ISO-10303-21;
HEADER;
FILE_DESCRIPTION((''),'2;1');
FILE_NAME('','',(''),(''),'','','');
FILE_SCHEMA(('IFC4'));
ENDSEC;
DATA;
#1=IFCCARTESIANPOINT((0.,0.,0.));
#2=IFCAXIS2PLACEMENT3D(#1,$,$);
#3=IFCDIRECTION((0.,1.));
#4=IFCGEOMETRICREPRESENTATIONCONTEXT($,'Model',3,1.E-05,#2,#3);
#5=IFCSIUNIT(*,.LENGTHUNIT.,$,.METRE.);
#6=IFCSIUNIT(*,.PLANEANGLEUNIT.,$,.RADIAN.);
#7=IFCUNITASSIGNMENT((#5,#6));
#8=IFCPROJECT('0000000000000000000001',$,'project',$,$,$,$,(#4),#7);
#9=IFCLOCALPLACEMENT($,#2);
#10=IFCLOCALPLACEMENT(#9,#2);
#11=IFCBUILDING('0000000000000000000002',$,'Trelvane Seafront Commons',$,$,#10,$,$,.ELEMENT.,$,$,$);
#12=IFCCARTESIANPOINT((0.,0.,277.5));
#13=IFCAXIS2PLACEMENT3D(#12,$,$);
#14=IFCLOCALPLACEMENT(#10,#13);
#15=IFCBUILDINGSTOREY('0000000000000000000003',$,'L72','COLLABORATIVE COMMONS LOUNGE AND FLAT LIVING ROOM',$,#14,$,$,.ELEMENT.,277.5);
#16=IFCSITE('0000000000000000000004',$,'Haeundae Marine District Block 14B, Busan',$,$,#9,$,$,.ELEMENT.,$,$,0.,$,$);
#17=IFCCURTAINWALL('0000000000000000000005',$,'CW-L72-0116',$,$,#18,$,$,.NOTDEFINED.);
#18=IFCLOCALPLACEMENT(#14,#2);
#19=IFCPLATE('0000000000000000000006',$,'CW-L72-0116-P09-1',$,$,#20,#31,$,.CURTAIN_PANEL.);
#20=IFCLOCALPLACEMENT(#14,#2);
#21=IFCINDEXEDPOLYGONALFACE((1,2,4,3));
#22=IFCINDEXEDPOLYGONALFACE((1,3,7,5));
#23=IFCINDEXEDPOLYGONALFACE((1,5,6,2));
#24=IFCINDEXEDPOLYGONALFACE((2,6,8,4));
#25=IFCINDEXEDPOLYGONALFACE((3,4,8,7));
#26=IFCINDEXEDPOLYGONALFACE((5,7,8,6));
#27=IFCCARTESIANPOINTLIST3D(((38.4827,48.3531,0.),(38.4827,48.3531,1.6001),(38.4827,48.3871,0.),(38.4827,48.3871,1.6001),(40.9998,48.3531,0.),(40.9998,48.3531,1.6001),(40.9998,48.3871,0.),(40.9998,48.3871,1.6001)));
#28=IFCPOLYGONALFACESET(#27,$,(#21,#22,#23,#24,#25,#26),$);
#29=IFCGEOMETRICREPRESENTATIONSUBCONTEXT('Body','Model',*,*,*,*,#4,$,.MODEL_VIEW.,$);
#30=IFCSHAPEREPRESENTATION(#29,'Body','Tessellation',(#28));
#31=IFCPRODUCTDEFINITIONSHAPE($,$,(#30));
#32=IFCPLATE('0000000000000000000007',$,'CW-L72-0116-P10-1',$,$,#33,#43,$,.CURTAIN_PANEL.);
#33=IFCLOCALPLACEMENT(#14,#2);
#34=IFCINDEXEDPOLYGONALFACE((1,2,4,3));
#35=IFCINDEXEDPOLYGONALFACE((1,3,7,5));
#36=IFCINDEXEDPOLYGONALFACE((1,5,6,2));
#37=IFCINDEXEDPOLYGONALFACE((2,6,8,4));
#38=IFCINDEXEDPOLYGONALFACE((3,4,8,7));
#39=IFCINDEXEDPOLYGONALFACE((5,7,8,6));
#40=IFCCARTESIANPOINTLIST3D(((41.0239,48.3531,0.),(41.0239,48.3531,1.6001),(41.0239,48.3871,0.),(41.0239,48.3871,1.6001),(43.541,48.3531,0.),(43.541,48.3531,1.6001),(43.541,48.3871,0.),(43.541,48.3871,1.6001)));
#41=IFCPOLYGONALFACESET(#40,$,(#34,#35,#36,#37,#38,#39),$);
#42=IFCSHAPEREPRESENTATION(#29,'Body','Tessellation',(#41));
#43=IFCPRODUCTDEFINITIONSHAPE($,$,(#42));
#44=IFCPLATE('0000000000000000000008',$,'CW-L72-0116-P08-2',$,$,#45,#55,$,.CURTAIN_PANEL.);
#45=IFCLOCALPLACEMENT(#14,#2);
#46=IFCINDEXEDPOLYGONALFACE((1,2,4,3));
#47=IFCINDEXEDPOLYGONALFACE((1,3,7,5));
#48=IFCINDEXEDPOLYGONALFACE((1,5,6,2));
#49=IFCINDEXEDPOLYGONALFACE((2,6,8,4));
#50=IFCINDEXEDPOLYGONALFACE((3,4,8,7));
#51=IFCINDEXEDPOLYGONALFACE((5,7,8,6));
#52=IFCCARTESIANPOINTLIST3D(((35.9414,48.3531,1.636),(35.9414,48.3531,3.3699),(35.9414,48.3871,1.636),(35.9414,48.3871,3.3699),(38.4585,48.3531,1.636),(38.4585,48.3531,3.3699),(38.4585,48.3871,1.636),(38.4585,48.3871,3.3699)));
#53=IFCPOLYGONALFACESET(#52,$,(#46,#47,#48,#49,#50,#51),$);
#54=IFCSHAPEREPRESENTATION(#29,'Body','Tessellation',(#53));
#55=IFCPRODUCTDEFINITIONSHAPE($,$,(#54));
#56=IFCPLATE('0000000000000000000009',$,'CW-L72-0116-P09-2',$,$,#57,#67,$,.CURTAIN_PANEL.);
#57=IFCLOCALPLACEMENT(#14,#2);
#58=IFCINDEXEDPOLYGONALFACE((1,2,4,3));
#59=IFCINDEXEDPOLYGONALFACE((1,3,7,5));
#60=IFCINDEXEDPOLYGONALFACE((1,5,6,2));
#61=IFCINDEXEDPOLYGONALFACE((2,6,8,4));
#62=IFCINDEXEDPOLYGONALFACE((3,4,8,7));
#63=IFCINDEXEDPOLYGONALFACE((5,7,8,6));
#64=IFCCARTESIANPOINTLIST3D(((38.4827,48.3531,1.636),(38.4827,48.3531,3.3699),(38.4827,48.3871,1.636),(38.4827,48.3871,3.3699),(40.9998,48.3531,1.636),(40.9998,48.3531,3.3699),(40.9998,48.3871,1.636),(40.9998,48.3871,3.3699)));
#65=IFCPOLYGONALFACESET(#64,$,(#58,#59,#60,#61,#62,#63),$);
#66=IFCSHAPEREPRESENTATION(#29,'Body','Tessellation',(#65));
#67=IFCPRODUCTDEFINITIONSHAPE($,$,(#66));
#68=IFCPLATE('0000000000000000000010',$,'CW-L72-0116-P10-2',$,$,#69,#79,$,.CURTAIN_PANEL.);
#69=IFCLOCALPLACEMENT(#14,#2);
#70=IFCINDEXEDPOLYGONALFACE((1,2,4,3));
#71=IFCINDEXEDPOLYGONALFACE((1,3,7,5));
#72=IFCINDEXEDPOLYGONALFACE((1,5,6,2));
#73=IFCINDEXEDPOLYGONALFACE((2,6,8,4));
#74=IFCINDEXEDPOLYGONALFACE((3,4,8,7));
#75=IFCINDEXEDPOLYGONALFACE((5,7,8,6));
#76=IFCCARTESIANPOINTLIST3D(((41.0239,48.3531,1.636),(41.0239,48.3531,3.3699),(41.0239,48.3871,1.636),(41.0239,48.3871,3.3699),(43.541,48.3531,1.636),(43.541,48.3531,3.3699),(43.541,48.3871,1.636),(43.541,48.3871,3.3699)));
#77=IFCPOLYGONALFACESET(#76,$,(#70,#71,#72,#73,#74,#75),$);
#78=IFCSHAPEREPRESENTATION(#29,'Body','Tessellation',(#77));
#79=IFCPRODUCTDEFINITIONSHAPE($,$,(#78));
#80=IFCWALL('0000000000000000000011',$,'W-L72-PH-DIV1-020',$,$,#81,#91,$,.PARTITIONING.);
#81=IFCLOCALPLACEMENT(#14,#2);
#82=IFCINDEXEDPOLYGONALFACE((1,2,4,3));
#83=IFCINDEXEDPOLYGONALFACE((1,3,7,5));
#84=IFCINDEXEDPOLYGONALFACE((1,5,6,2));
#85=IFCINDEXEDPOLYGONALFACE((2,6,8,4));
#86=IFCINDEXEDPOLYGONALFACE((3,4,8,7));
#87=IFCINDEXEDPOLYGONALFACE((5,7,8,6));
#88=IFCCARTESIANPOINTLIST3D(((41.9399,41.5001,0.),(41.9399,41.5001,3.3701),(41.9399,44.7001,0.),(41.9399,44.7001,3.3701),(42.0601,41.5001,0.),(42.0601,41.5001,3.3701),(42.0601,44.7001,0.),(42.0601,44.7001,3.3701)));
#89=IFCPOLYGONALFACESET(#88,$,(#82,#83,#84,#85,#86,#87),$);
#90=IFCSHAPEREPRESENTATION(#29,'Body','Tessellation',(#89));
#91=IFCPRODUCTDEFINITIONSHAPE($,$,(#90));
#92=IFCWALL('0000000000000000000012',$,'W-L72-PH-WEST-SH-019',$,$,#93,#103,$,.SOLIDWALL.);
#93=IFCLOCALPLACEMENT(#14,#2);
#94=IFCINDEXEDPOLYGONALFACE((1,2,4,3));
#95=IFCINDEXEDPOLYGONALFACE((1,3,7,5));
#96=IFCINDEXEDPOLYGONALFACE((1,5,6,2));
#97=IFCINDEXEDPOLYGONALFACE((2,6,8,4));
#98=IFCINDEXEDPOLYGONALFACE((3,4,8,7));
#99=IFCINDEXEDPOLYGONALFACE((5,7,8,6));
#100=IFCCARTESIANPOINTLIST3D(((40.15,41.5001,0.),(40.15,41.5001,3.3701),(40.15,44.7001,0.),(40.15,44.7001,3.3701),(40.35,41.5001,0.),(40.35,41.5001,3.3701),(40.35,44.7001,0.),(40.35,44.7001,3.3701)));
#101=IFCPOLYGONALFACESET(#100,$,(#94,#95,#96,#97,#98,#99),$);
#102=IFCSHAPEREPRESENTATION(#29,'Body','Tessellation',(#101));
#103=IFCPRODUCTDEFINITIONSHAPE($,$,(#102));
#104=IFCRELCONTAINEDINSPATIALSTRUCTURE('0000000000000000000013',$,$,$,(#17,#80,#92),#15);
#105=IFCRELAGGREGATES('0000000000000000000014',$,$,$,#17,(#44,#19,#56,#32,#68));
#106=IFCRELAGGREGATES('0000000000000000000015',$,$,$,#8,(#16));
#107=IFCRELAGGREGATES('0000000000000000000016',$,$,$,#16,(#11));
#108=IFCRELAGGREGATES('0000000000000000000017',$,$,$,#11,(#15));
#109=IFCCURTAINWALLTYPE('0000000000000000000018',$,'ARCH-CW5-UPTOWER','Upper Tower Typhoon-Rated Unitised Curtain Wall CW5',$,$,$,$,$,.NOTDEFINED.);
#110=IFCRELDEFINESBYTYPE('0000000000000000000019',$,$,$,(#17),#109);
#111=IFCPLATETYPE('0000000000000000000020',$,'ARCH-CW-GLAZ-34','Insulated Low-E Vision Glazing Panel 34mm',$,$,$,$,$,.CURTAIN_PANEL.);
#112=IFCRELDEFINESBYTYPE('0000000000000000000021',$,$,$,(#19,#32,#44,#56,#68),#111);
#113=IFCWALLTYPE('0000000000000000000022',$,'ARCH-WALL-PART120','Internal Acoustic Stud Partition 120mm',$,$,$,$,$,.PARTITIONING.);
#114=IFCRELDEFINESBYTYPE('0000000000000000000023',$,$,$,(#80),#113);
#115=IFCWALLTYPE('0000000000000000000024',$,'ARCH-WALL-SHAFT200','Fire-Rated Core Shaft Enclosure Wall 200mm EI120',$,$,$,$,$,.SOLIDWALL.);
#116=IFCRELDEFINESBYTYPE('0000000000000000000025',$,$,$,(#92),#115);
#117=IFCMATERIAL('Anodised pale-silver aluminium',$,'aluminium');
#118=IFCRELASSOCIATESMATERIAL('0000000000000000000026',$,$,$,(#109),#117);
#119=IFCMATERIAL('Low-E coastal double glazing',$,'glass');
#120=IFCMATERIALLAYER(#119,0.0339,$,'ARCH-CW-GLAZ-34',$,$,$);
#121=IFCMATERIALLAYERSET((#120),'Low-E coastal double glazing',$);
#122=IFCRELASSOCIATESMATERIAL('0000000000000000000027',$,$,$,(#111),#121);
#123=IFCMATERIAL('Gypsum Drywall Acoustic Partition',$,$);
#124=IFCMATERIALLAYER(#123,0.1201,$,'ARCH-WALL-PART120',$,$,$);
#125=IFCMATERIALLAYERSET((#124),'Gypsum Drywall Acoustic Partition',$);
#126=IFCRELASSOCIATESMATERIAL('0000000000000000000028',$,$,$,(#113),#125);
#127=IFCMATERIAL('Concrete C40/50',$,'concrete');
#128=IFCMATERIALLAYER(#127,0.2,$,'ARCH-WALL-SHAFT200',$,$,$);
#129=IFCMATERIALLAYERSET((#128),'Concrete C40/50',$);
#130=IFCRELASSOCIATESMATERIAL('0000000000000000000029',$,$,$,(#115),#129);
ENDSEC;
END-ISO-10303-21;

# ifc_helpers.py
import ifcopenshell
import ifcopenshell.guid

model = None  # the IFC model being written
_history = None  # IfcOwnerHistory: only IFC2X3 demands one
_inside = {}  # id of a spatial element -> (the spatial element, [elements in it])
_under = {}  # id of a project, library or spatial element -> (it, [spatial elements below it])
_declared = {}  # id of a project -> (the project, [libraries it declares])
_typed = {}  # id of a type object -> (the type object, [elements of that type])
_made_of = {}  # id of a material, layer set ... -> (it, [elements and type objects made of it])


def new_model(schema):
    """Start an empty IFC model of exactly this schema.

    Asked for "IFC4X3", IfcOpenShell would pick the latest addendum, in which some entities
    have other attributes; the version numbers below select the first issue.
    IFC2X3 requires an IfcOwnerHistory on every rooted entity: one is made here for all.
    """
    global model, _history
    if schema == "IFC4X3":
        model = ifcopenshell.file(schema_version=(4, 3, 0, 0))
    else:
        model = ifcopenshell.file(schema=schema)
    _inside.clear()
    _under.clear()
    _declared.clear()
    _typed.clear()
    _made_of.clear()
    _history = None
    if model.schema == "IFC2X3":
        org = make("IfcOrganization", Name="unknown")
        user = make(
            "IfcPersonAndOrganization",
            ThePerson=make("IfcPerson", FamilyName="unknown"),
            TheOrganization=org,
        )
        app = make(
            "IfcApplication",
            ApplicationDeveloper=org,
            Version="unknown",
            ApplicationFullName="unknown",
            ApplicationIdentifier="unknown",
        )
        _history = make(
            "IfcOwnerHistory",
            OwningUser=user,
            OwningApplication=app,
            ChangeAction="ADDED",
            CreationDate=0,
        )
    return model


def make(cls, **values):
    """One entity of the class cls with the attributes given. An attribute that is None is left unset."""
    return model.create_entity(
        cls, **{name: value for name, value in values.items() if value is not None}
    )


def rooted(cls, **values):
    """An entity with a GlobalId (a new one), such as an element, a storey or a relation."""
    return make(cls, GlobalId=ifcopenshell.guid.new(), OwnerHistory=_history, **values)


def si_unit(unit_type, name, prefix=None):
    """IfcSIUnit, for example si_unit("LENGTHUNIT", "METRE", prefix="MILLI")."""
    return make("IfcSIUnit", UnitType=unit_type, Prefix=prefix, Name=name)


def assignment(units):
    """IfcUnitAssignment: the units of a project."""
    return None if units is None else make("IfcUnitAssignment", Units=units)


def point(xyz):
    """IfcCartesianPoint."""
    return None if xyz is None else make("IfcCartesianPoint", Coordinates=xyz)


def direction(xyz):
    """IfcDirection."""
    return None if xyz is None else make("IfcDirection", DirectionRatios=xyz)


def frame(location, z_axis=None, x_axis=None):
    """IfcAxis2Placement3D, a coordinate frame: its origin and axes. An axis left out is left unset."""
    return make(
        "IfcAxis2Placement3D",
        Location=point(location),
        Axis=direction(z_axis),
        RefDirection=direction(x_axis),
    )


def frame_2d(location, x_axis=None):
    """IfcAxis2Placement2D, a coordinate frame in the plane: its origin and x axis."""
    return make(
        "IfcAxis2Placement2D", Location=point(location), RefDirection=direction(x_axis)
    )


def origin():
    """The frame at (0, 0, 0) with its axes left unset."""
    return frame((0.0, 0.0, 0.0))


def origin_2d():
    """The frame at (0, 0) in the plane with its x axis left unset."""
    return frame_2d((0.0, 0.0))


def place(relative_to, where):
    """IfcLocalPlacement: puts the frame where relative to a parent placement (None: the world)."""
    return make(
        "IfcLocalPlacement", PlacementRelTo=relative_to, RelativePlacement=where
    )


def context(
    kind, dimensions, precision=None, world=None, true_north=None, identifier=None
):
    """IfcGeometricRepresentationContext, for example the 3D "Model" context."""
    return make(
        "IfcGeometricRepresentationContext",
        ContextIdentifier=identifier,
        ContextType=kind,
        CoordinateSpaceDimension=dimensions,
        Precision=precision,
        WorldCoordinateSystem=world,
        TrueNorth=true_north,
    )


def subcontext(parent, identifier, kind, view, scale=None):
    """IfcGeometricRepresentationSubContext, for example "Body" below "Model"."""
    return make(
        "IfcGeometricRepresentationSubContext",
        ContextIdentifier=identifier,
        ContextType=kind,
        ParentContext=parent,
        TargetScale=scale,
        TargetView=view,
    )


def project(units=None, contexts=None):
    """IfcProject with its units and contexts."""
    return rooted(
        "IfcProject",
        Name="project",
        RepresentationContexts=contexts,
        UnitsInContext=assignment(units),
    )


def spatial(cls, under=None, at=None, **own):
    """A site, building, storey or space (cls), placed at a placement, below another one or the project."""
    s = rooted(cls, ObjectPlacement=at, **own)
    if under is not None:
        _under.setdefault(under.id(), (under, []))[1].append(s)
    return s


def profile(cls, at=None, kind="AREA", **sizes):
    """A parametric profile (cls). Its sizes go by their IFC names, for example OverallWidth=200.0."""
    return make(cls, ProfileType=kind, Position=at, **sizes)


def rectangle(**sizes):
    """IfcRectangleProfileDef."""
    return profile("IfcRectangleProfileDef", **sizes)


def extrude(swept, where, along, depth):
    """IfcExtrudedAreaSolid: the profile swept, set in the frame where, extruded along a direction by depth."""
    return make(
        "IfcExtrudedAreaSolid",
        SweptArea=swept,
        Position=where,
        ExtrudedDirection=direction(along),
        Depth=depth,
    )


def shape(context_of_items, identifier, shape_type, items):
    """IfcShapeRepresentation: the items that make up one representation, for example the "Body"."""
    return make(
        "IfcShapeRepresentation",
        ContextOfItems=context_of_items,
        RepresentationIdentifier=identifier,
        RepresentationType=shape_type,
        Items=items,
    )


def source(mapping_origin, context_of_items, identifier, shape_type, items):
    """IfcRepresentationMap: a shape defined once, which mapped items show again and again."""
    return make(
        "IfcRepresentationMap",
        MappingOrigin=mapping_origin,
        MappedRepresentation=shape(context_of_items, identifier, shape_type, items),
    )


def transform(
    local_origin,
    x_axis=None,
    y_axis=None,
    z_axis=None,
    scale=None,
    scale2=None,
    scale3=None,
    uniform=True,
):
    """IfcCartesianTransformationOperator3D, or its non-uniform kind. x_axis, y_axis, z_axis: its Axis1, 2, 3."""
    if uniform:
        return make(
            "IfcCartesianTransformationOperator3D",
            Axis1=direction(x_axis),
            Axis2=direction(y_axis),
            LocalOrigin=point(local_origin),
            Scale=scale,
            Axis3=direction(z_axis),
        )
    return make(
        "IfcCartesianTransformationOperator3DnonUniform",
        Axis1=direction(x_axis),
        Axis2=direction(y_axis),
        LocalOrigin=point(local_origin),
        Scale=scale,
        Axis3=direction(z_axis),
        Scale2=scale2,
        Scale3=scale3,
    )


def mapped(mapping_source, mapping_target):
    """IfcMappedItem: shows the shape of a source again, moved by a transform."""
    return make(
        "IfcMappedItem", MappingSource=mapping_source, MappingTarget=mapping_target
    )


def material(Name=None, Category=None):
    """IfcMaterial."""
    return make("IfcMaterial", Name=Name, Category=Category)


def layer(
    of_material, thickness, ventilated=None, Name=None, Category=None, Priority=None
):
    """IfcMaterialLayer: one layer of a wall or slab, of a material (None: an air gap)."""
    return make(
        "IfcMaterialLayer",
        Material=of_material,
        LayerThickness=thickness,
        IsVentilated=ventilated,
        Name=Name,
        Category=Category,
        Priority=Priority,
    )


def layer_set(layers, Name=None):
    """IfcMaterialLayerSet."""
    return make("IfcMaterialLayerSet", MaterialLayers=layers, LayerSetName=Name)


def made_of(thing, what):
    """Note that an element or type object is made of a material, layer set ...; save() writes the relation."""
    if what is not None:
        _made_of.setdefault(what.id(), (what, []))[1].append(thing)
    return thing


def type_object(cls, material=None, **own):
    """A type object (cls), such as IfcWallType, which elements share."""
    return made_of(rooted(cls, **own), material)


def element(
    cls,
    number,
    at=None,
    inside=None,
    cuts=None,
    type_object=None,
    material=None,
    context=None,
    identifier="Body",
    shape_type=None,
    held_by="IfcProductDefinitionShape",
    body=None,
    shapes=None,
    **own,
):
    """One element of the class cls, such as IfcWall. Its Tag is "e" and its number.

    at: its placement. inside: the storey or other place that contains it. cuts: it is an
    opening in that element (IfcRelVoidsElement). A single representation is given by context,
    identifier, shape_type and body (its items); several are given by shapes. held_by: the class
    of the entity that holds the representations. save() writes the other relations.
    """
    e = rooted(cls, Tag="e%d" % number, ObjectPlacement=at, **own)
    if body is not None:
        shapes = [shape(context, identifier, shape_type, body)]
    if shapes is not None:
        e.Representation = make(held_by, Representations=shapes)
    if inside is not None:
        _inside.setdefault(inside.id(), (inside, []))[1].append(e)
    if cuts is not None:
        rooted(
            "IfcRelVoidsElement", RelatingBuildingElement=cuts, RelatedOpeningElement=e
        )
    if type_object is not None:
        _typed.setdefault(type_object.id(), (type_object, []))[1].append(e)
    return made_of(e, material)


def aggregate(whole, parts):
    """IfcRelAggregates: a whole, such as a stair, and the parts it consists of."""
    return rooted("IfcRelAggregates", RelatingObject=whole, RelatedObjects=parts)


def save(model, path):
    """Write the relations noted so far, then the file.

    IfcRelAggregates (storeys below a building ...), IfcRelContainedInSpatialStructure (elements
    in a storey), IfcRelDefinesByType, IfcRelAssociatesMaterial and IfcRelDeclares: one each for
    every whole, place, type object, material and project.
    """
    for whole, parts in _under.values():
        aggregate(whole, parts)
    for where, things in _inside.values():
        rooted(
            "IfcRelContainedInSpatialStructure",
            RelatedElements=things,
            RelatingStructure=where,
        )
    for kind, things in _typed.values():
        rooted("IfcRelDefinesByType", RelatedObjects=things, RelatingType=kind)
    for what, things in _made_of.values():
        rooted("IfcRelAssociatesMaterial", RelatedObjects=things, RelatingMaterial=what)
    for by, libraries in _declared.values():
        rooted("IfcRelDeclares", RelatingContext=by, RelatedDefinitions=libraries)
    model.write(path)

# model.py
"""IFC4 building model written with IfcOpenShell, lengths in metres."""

from ifc_helpers import new_model, si_unit, direction, frame, frame_2d, origin, origin_2d, place, context, subcontext, project, spatial, rectangle, extrude, source, transform, mapped, material, layer, layer_set, type_object, element, aggregate, save


model = new_model("IFC4")

# Units and contexts
model_context = context("Model", 3, precision=1e-05, world=origin(), true_north=direction((0.0, 1.0)))
body_context = subcontext(model_context, "Body", "Model", "MODEL_VIEW")
ifc_project = project(units=[si_unit("LENGTHUNIT", "METRE"), si_unit("PLANEANGLEUNIT", "RADIAN")], contexts=[model_context])

# Site, building, storey
site_placement = place(None, origin())
site = spatial("IfcSite", under=ifc_project, at=site_placement, Name="Haeundae Marine District Block 14B, Busan", CompositionType="ELEMENT", RefElevation=0.0)
building_placement = place(site_placement, origin())
building = spatial("IfcBuilding", under=site, at=building_placement, Name="Trelvane Seafront Commons", CompositionType="ELEMENT")
storey_placement = place(building_placement, frame((0.0, 0.0, 277.5)))
storey = spatial("IfcBuildingStorey", under=building, at=storey_placement, Name="L72", Description="COLLABORATIVE COMMONS LOUNGE AND FLAT LIVING ROOM", CompositionType="ELEMENT", Elevation=277.5)

# Curtain wall
ifc_material_1 = material(Name="Anodised pale-silver aluminium", Category="aluminium")
curtain_wall_type = type_object("IfcCurtainWallType", Name="ARCH-CW5-UPTOWER", Description="Upper Tower Typhoon-Rated Unitised Curtain Wall CW5", PredefinedType="NOTDEFINED", material=ifc_material_1)
curtain_wall_placement = place(storey_placement, origin())
curtain_wall = element("IfcCurtainWall", 1, at=curtain_wall_placement, inside=storey, type_object=curtain_wall_type, Name="CW-L72-0116", PredefinedType="NOTDEFINED")

# Plates
ifc_material_2 = material(Name="Low-E coastal double glazing", Category="glass")
ifc_layer_1 = layer(ifc_material_2, 0.0339, Name="ARCH-CW-GLAZ-34")
ifc_layer_set_1 = layer_set([ifc_layer_1], Name="Low-E coastal double glazing")
plate_type_1 = type_object("IfcPlateType", Name="ARCH-CW-GLAZ-34", Description="Insulated Low-E Vision Glazing Panel 34mm", PredefinedType="CURTAIN_PANEL", material=ifc_layer_set_1)
shared_shape_1 = source(origin(), body_context, "Body", "SweptSolid", [
    extrude(rectangle(XDim=2.5171, YDim=0.0339, at=origin_2d()), origin(), (0.0, 0.0, 1.0), 1.6001),
])
plate_1_placement = place(storey_placement, frame((39.7412, 48.3701, 0.0), z_axis=(0.0, 0.0, 1.0), x_axis=(1.0, 0.0, 0.0)))
plate_1 = element("IfcPlate", 2, at=plate_1_placement, type_object=plate_type_1, Name="CW-L72-0116-P09-1", PredefinedType="CURTAIN_PANEL", context=body_context, shape_type="MappedRepresentation", body=[
    mapped(shared_shape_1, transform((0.0, 0.0, 0.0), x_axis=(1.0, 0.0, 0.0), y_axis=(0.0, 1.0, 0.0), z_axis=(0.0, 0.0, 1.0), scale=1.0)),
])
plate_2_placement = place(storey_placement, frame((42.2825, 48.3701, 0.0), z_axis=(0.0, 0.0, 1.0), x_axis=(1.0, 0.0, 0.0)))
plate_2 = element("IfcPlate", 3, at=plate_2_placement, type_object=plate_type_1, Name="CW-L72-0116-P10-1", PredefinedType="CURTAIN_PANEL", context=body_context, shape_type="MappedRepresentation", body=[
    mapped(shared_shape_1, transform((0.0, 0.0, 0.0), x_axis=(1.0, 0.0, 0.0), y_axis=(0.0, 1.0, 0.0), z_axis=(0.0, 0.0, 1.0), scale=1.0)),
])
shared_shape_2 = source(origin(), body_context, "Body", "SweptSolid", [
    extrude(rectangle(XDim=2.5171, YDim=0.0339, at=origin_2d()), origin(), (0.0, 0.0, 1.0), 1.7339),
])
plate_3_placement = place(storey_placement, frame((37.2, 48.3701, 1.636), z_axis=(0.0, 0.0, 1.0), x_axis=(1.0, 0.0, 0.0)))
plate_3 = element("IfcPlate", 4, at=plate_3_placement, type_object=plate_type_1, Name="CW-L72-0116-P08-2", PredefinedType="CURTAIN_PANEL", context=body_context, shape_type="MappedRepresentation", body=[
    mapped(shared_shape_2, transform((0.0, 0.0, 0.0), x_axis=(1.0, 0.0, 0.0), y_axis=(0.0, 1.0, 0.0), z_axis=(0.0, 0.0, 1.0), scale=1.0)),
])
plate_4_placement = place(storey_placement, frame((39.7412, 48.3701, 1.636), z_axis=(0.0, 0.0, 1.0), x_axis=(1.0, 0.0, 0.0)))
plate_4 = element("IfcPlate", 5, at=plate_4_placement, type_object=plate_type_1, Name="CW-L72-0116-P09-2", PredefinedType="CURTAIN_PANEL", context=body_context, shape_type="MappedRepresentation", body=[
    mapped(shared_shape_2, transform((0.0, 0.0, 0.0), x_axis=(1.0, 0.0, 0.0), y_axis=(0.0, 1.0, 0.0), z_axis=(0.0, 0.0, 1.0), scale=1.0)),
])
plate_5_placement = place(storey_placement, frame((42.2825, 48.3701, 1.636), z_axis=(0.0, 0.0, 1.0), x_axis=(1.0, 0.0, 0.0)))
plate_5 = element("IfcPlate", 6, at=plate_5_placement, type_object=plate_type_1, Name="CW-L72-0116-P10-2", PredefinedType="CURTAIN_PANEL", context=body_context, shape_type="MappedRepresentation", body=[
    mapped(shared_shape_2, transform((0.0, 0.0, 0.0), x_axis=(1.0, 0.0, 0.0), y_axis=(0.0, 1.0, 0.0), z_axis=(0.0, 0.0, 1.0), scale=1.0)),
])
aggregate(curtain_wall, [plate_3, plate_1, plate_4, plate_2, plate_5])

# Wall
ifc_material_3 = material(Name="Gypsum Drywall Acoustic Partition")
ifc_layer_2 = layer(ifc_material_3, 0.1201, Name="ARCH-WALL-PART120")
ifc_layer_set_2 = layer_set([ifc_layer_2], Name="Gypsum Drywall Acoustic Partition")
wall_type_1 = type_object("IfcWallType", Name="ARCH-WALL-PART120", Description="Internal Acoustic Stud Partition 120mm", PredefinedType="PARTITIONING", material=ifc_layer_set_2)
wall_1_placement = place(storey_placement, frame((42.0, 41.5, 0.0), z_axis=(0.0, 0.0, 1.0), x_axis=(0.0, 1.0, 0.0)))
element("IfcWall", 7, at=wall_1_placement, inside=storey, type_object=wall_type_1, Name="W-L72-PH-DIV1-020", PredefinedType="PARTITIONING", context=body_context, shape_type="SweptSolid", body=[
    extrude(rectangle(XDim=3.2, YDim=0.1201, at=frame_2d((1.6001, 0.0))), origin(), (0.0, 0.0, 1.0), 3.3701),
])

# Shared definitions
ifc_material_4 = material(Name="Concrete C40/50", Category="concrete")
ifc_layer_3 = layer(ifc_material_4, 0.2, Name="ARCH-WALL-SHAFT200")
ifc_layer_set_3 = layer_set([ifc_layer_3], Name="Concrete C40/50")
wall_type_2 = type_object("IfcWallType", Name="ARCH-WALL-SHAFT200", Description="Fire-Rated Core Shaft Enclosure Wall 200mm EI120", PredefinedType="SOLIDWALL", material=ifc_layer_set_3)

# Wall
wall_2_placement = place(storey_placement, frame((40.25, 41.5, 0.0), z_axis=(0.0, 0.0, 1.0), x_axis=(0.0, 1.0, 0.0)))
element("IfcWall", 8, at=wall_2_placement, inside=storey, type_object=wall_type_2, Name="W-L72-PH-WEST-SH-019", PredefinedType="SOLIDWALL", context=body_context, shape_type="SweptSolid", body=[
    extrude(rectangle(XDim=3.2, YDim=0.2, at=frame_2d((1.6001, 0.0))), origin(), (0.0, 0.0, 1.0), 3.3701),
])

save(model, "model.ifc")
